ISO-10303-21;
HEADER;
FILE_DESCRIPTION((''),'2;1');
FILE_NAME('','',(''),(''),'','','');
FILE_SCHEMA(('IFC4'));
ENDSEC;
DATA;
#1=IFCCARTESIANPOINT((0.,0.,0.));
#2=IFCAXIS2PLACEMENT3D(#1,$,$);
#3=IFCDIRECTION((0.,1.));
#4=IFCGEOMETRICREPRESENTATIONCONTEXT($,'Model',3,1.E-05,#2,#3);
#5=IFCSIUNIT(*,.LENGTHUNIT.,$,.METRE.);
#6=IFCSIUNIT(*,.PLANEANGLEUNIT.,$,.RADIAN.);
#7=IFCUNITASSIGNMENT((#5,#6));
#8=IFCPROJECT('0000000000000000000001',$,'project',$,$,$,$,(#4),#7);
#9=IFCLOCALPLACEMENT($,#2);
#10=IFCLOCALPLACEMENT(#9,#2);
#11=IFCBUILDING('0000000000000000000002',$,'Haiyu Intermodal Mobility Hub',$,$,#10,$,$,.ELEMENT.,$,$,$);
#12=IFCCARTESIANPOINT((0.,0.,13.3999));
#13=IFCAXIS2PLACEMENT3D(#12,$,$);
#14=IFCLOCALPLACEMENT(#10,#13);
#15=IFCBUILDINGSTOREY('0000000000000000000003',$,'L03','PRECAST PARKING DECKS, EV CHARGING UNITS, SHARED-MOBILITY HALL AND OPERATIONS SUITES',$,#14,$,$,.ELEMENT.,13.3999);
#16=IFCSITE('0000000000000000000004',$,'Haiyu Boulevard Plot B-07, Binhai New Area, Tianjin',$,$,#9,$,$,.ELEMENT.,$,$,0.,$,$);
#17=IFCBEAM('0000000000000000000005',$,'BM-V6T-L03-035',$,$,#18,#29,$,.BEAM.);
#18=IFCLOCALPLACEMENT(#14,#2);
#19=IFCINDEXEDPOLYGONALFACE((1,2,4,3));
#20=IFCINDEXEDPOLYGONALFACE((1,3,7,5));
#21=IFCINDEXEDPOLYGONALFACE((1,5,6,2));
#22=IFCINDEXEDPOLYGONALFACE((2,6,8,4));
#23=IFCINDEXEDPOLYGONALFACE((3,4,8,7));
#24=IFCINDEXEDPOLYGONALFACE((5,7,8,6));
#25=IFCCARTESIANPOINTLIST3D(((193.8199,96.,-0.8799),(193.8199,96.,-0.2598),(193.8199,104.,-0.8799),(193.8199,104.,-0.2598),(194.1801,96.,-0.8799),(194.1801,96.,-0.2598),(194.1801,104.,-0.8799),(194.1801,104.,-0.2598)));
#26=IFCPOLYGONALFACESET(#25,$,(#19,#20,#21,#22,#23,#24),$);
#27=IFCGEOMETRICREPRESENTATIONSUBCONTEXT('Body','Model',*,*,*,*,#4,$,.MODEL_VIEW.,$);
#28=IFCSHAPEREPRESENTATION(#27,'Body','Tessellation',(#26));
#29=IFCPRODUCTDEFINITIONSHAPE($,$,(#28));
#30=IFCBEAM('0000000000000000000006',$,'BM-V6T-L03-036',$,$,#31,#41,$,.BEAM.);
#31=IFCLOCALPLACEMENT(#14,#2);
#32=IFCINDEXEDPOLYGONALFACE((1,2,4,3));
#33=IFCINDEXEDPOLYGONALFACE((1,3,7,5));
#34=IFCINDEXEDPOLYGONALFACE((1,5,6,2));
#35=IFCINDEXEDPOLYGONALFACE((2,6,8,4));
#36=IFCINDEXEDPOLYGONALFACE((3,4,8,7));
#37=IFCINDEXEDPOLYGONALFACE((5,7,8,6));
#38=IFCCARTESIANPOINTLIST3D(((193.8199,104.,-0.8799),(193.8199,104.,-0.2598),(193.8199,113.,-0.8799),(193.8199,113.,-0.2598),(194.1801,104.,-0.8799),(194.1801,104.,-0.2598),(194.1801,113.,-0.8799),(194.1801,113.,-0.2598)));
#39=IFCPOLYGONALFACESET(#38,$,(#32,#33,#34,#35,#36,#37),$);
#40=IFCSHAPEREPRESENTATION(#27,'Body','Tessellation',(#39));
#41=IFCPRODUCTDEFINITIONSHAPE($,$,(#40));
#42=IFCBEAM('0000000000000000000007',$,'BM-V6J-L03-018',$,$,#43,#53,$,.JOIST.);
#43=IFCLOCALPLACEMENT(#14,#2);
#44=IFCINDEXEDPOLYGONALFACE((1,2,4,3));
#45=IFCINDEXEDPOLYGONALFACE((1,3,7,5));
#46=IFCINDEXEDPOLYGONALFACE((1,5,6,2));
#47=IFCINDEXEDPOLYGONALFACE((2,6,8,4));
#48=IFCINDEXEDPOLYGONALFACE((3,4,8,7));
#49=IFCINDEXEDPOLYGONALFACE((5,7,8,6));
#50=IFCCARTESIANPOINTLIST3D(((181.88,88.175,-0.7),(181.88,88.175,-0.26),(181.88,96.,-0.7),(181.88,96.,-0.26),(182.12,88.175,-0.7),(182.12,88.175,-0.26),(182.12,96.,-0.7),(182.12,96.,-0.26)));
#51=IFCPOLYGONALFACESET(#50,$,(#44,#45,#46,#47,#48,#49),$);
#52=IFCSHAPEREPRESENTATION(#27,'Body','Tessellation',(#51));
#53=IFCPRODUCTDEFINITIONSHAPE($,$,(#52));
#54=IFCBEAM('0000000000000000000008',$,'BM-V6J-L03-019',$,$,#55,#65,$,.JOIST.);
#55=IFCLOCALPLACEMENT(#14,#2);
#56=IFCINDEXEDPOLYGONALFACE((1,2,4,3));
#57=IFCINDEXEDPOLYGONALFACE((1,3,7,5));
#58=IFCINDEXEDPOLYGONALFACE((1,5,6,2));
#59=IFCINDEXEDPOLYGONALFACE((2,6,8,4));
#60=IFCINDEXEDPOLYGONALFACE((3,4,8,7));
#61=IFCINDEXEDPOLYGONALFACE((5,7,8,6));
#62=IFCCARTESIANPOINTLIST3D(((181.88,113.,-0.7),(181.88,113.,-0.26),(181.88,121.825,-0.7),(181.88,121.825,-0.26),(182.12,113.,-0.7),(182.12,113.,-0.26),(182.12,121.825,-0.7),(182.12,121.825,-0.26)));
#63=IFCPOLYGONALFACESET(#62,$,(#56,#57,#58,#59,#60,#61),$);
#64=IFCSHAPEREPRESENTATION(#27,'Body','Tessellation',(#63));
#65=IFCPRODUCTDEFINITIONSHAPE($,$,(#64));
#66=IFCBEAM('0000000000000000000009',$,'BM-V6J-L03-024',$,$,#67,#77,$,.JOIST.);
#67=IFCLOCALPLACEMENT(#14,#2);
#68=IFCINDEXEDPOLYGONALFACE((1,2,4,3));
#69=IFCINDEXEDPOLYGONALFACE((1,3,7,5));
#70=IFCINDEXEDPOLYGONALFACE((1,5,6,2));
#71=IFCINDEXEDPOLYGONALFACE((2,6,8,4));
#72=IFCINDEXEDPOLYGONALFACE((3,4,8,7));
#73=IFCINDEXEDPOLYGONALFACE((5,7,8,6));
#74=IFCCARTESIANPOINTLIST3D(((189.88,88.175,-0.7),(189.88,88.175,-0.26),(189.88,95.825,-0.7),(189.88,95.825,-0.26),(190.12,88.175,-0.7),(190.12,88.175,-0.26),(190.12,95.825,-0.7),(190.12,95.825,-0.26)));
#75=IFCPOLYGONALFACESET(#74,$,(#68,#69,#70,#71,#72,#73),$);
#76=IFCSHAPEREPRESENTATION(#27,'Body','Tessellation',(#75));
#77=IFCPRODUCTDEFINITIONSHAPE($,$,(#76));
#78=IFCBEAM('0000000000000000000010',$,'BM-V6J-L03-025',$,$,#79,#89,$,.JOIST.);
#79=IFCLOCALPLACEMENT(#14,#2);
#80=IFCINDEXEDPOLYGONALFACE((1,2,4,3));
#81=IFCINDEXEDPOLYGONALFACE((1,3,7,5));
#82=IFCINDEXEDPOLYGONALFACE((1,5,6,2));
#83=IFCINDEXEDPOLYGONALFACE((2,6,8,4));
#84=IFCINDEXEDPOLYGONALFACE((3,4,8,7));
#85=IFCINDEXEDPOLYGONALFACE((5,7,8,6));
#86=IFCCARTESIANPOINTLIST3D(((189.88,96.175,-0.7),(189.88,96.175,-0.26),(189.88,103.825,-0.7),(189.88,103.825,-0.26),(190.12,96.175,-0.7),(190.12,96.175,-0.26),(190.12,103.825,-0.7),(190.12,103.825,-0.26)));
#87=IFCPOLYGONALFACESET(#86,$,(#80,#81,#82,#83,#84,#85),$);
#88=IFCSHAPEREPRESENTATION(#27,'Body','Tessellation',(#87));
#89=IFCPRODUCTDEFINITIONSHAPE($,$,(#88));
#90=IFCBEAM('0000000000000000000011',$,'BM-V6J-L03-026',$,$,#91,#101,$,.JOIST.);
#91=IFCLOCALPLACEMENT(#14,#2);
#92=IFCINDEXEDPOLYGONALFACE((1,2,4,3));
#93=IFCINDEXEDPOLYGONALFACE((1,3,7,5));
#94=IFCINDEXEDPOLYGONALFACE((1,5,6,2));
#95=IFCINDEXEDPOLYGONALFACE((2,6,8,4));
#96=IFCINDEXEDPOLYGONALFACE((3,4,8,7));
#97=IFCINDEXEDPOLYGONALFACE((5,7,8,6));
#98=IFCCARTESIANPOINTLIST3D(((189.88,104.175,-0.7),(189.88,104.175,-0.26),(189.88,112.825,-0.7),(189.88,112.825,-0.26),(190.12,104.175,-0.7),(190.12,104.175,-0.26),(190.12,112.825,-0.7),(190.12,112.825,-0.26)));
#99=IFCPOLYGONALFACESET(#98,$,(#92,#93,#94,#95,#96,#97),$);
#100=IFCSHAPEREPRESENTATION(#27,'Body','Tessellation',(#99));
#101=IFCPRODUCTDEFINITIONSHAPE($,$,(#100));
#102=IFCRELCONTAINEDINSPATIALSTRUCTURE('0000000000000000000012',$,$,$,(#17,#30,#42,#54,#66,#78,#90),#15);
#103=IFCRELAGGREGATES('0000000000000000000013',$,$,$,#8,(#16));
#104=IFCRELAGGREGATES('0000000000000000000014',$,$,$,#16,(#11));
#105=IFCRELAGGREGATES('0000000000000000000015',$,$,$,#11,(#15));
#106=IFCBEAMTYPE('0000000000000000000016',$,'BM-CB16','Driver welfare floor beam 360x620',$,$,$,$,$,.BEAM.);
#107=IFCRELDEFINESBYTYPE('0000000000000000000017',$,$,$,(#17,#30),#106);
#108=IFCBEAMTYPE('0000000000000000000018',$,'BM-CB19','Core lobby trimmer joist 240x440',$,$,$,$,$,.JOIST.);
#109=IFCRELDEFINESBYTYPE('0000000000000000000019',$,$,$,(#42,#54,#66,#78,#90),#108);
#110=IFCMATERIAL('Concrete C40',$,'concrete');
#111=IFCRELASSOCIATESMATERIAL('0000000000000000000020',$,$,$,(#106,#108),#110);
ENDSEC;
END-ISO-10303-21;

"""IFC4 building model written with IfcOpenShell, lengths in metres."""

from ifc_helpers import new_model, si_unit, direction, frame, origin, origin_2d, place, context, subcontext, project, spatial, rectangle, extrude, material, material_profile, profile_set, type_object, element, save


model = new_model("IFC4")

# Units and contexts
model_context = context("Model", 3, precision=1e-05, world=origin(), true_north=direction((0.0, 1.0)))
body_context = subcontext(model_context, "Body", "Model", "MODEL_VIEW")
ifc_project = project(units=[si_unit("LENGTHUNIT", "METRE"), si_unit("PLANEANGLEUNIT", "RADIAN")], contexts=[model_context])

# Site, building, storey
site_placement = place(None, origin())
site = spatial("IfcSite", under=ifc_project, at=site_placement, Name="Haiyu Boulevard Plot B-07, Binhai New Area, Tianjin", CompositionType="ELEMENT", RefElevation=0.0)
building_placement = place(site_placement, origin())
building = spatial("IfcBuilding", under=site, at=building_placement, Name="Haiyu Intermodal Mobility Hub", CompositionType="ELEMENT")
storey_placement = place(building_placement, frame((0.0, 0.0, 13.3999)))
storey = spatial("IfcBuildingStorey", under=building, at=storey_placement, Name="L03", Description="PRECAST PARKING DECKS, EV CHARGING UNITS, SHARED-MOBILITY HALL AND OPERATIONS SUITES", CompositionType="ELEMENT", Elevation=13.3999)

# Shared definitions
ifc_material = material(Name="Concrete C40", Category="concrete")

# Beams
ifc_material_profile_1 = material_profile(ifc_material, rectangle(XDim=0.3601, YDim=0.6201, at=origin_2d()), Name="B360x620")
ifc_profile_set_1 = profile_set([ifc_material_profile_1], Name="Concrete C40")
beam_type_1 = type_object("IfcBeamType", Name="BM-CB16", Description="Driver welfare floor beam 360x620", PredefinedType="BEAM", material=ifc_profile_set_1)
beam_1_placement = place(storey_placement, frame((194.0, 96.0, -0.5698), z_axis=(0.0, 1.0, 0.0), x_axis=(-1.0, 0.0, 0.0)))
element("IfcBeam", 1, at=beam_1_placement, inside=storey, type_object=beam_type_1, Name="BM-V6T-L03-035", PredefinedType="BEAM", context=body_context, shape_type="SweptSolid", body=[
    extrude(rectangle(XDim=0.3601, YDim=0.6201, at=origin_2d()), origin(), (0.0, 0.0, 1.0), 8.0),
])
beam_2_placement = place(storey_placement, frame((194.0, 104.0, -0.5698), z_axis=(0.0, 1.0, 0.0), x_axis=(-1.0, 0.0, 0.0)))
element("IfcBeam", 2, at=beam_2_placement, inside=storey, type_object=beam_type_1, Name="BM-V6T-L03-036", PredefinedType="BEAM", context=body_context, shape_type="SweptSolid", body=[
    extrude(rectangle(XDim=0.3601, YDim=0.6201, at=origin_2d()), origin(), (0.0, 0.0, 1.0), 9.0),
])
ifc_material_profile_2 = material_profile(ifc_material, rectangle(XDim=0.24, YDim=0.4399, at=origin_2d()), Name="B240x440")
ifc_profile_set_2 = profile_set([ifc_material_profile_2], Name="Concrete C40")
beam_type_2 = type_object("IfcBeamType", Name="BM-CB19", Description="Core lobby trimmer joist 240x440", PredefinedType="JOIST", material=ifc_profile_set_2)
beam_3_placement = place(storey_placement, frame((182.0, 88.175, -0.48), z_axis=(0.0, 1.0, 0.0), x_axis=(-1.0, 0.0, 0.0)))
element("IfcBeam", 3, at=beam_3_placement, inside=storey, type_object=beam_type_2, Name="BM-V6J-L03-018", PredefinedType="JOIST", context=body_context, shape_type="SweptSolid", body=[
    extrude(rectangle(XDim=0.24, YDim=0.4399, at=origin_2d()), origin(), (0.0, 0.0, 1.0), 7.825),
])
beam_4_placement = place(storey_placement, frame((182.0, 113.0, -0.48), z_axis=(0.0, 1.0, 0.0), x_axis=(-1.0, 0.0, 0.0)))
element("IfcBeam", 4, at=beam_4_placement, inside=storey, type_object=beam_type_2, Name="BM-V6J-L03-019", PredefinedType="JOIST", context=body_context, shape_type="SweptSolid", body=[
    extrude(rectangle(XDim=0.24, YDim=0.4399, at=origin_2d()), origin(), (0.0, 0.0, 1.0), 8.825),
])
for number, where, z_axis, x_axis, name in (
    (5, (190.0, 88.175, -0.48), (0.0, 1.0, 0.0), (-1.0, 0.0, 0.0), "BM-V6J-L03-024"),
    (6, (190.0, 96.175, -0.48), (0.0, 1.0, 0.0), (-1.0, 0.0, 0.0), "BM-V6J-L03-025"),
):
    element("IfcBeam", number, at=place(storey_placement, frame(where, z_axis=z_axis, x_axis=x_axis)), inside=storey, type_object=beam_type_2, Name=name, PredefinedType="JOIST", context=body_context, shape_type="SweptSolid", body=[
        extrude(rectangle(XDim=0.24, YDim=0.4399, at=origin_2d()), origin(), (0.0, 0.0, 1.0), 7.6499),
    ])
beam_5_placement = place(storey_placement, frame((190.0, 104.175, -0.48), z_axis=(0.0, 1.0, 0.0), x_axis=(-1.0, 0.0, 0.0)))
element("IfcBeam", 7, at=beam_5_placement, inside=storey, type_object=beam_type_2, Name="BM-V6J-L03-026", PredefinedType="JOIST", context=body_context, shape_type="SweptSolid", body=[
    extrude(rectangle(XDim=0.24, YDim=0.4399, at=origin_2d()), origin(), (0.0, 0.0, 1.0), 8.6499),
])

save(model, "model.ifc")
